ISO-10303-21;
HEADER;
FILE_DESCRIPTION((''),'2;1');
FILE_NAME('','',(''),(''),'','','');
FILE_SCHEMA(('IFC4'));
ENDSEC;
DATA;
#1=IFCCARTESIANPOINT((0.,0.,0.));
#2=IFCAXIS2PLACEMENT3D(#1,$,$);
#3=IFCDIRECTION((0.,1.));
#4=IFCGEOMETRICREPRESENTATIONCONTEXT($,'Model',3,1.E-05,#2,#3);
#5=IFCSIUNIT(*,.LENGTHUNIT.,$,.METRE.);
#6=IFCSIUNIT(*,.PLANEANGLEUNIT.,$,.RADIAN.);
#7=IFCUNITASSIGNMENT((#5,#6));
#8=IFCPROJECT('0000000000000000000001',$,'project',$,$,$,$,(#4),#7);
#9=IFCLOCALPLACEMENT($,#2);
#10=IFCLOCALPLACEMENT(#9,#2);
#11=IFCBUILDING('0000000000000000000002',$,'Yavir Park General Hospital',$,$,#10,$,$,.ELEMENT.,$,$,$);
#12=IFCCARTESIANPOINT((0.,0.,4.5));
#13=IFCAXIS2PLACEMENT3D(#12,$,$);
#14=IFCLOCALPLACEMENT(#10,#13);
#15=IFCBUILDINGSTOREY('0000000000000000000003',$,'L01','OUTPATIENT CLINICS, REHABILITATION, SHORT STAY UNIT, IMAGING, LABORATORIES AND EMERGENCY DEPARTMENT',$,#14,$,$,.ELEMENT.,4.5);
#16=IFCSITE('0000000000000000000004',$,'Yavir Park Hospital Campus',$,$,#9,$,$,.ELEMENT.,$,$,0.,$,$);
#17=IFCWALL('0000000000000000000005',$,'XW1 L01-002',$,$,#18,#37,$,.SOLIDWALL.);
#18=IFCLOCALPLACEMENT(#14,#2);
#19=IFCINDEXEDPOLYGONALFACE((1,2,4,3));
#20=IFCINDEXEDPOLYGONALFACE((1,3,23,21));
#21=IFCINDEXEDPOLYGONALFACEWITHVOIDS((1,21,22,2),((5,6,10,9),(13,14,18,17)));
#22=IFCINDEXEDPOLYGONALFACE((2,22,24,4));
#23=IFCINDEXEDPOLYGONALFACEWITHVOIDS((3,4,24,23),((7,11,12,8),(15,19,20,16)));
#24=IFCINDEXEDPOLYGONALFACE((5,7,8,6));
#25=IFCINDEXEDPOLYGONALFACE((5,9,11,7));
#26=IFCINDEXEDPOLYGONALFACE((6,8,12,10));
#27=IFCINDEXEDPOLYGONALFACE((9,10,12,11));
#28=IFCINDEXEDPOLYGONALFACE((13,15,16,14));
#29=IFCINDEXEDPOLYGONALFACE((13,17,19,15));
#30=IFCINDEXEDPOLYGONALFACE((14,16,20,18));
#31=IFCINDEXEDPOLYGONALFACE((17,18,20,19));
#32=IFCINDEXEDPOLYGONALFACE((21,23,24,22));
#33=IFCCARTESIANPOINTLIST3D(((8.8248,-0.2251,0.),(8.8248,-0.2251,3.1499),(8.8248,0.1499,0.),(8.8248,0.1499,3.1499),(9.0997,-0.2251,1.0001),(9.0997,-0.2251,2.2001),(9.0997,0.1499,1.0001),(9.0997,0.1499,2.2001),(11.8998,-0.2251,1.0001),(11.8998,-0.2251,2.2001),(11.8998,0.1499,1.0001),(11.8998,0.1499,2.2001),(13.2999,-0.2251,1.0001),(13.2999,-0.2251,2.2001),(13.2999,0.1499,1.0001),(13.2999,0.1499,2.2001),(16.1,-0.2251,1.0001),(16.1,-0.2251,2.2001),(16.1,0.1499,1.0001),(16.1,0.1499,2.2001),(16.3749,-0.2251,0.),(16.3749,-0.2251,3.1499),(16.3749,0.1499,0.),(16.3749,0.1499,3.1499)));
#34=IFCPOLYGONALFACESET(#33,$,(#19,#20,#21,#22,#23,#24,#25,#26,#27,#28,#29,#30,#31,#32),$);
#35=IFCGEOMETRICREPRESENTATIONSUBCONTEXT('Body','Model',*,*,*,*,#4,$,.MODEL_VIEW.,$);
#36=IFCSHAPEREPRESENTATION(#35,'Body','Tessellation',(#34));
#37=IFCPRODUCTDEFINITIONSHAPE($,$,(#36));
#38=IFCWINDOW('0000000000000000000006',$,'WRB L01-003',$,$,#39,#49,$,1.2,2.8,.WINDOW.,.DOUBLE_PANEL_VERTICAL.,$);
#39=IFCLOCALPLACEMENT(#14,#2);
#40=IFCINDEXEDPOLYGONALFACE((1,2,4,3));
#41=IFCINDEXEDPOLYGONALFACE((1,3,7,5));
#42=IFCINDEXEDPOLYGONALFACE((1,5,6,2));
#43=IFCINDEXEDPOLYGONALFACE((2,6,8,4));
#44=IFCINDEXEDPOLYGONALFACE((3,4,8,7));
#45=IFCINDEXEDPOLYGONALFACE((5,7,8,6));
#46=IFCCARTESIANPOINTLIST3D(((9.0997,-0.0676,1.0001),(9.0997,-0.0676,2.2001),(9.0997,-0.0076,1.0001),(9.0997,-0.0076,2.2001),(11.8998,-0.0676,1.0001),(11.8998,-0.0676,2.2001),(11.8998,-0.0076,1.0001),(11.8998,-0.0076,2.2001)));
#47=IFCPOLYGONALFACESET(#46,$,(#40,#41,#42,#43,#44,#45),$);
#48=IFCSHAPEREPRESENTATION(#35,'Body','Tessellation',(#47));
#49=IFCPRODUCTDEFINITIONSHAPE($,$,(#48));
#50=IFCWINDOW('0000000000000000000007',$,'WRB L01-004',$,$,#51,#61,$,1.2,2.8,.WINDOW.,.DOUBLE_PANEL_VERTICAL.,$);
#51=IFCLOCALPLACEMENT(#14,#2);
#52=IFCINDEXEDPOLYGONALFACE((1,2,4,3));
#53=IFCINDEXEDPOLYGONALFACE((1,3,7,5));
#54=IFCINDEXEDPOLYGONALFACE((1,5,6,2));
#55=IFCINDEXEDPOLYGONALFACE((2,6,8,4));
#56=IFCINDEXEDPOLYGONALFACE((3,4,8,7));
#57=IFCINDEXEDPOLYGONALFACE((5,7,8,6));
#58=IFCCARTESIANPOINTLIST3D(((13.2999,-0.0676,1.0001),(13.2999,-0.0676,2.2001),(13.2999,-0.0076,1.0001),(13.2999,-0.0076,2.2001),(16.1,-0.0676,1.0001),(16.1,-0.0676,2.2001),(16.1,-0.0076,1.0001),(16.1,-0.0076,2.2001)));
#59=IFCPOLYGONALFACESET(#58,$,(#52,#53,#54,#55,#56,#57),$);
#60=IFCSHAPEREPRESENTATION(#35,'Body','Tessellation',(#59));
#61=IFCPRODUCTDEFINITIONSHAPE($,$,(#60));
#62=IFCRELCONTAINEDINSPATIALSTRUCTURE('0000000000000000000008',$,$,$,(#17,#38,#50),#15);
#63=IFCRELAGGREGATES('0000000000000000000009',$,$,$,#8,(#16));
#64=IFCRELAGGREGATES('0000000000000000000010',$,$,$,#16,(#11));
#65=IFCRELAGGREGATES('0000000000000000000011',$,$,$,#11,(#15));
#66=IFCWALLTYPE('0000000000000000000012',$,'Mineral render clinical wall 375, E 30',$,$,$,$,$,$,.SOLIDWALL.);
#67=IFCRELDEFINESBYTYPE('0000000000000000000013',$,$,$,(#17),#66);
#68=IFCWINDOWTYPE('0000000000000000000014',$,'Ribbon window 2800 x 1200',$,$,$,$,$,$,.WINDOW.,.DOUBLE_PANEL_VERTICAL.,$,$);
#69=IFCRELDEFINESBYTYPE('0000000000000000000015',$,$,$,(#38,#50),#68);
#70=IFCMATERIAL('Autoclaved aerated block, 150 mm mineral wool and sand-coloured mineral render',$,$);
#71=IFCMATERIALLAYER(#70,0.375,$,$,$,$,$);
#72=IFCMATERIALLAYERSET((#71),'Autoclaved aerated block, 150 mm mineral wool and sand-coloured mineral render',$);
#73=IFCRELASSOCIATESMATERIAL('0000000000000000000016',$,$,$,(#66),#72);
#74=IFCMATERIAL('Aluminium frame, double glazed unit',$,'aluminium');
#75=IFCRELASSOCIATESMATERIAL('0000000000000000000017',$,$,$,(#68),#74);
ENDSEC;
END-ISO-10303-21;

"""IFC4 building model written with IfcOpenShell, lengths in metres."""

from ifc_helpers import new_model, si_unit, direction, frame, frame_2d, origin, place, context, subcontext, project, spatial, rectangle, extrude, material, layer, layer_set, type_object, element, fill, save


model = new_model("IFC4")

# Units and contexts
model_context = context("Model", 3, precision=1e-05, world=origin(), true_north=direction((0.0, 1.0)))
body_context = subcontext(model_context, "Body", "Model", "MODEL_VIEW")
ifc_project = project(units=[si_unit("LENGTHUNIT", "METRE"), si_unit("PLANEANGLEUNIT", "RADIAN")], contexts=[model_context])

# Site, building, storey
site_placement = place(None, origin())
site = spatial("IfcSite", under=ifc_project, at=site_placement, Name="Yavir Park Hospital Campus", CompositionType="ELEMENT", RefElevation=0.0)
building_placement = place(site_placement, origin())
building = spatial("IfcBuilding", under=site, at=building_placement, Name="Yavir Park General Hospital", CompositionType="ELEMENT")
storey_placement = place(building_placement, frame((0.0, 0.0, 4.5)))
storey = spatial("IfcBuildingStorey", under=building, at=storey_placement, Name="L01", Description="OUTPATIENT CLINICS, REHABILITATION, SHORT STAY UNIT, IMAGING, LABORATORIES AND EMERGENCY DEPARTMENT", CompositionType="ELEMENT", Elevation=4.5)

# Wall, openings, windows
ifc_material_1 = material(Name="Autoclaved aerated block, 150 mm mineral wool and sand-coloured mineral render")
ifc_layer_1 = layer(ifc_material_1, 0.375)
ifc_layer_set_1 = layer_set([ifc_layer_1], Name="Autoclaved aerated block, 150 mm mineral wool and sand-coloured mineral render")
wall_type_1 = type_object("IfcWallType", Name="Mineral render clinical wall 375, E 30", PredefinedType="SOLIDWALL", material=ifc_layer_set_1)
ifc_material_2 = material(Name="Aluminium frame, double glazed unit", Category="aluminium")
window_type = type_object("IfcWindowType", Name="Ribbon window 2800 x 1200", PartitioningType="DOUBLE_PANEL_VERTICAL", PredefinedType="WINDOW", material=ifc_material_2)
wall_1_placement = place(storey_placement, frame((8.825, -0.0376, 0.0), z_axis=(0.0, 0.0, 1.0), x_axis=(1.0, 0.0, 0.0)))
wall_1 = element("IfcWall", 1, at=wall_1_placement, inside=storey, type_object=wall_type_1, Name="XW1 L01-002", PredefinedType="SOLIDWALL", context=body_context, shape_type="SweptSolid", body=[
    extrude(rectangle(XDim=7.55, YDim=0.375, at=frame_2d((3.7749, 0.0))), origin(), (0.0, 0.0, 1.0), 3.1499),
])
opening_1_placement = place(wall_1_placement, frame((0.2749, 0.0, 1.0)))
opening_1 = element("IfcOpeningElement", 2, at=opening_1_placement, cuts=wall_1, PredefinedType="OPENING", context=body_context, shape_type="SweptSolid", body=[
    extrude(rectangle(XDim=2.8, YDim=1.2, at=frame_2d((1.3999, 0.6001))), frame((0.0, 0.1975, 0.0), z_axis=(0.0, -1.0, 0.0), x_axis=(1.0, 0.0, 0.0)), (0.0, 0.0, 1.0), 0.395),
])
opening_2_placement = place(wall_1_placement, frame((4.4751, 0.0, 1.0)))
opening_2 = element("IfcOpeningElement", 3, at=opening_2_placement, cuts=wall_1, PredefinedType="OPENING", context=body_context, shape_type="SweptSolid", body=[
    extrude(rectangle(XDim=2.8, YDim=1.2, at=frame_2d((1.3999, 0.6001))), frame((0.0, 0.1975, 0.0), z_axis=(0.0, -1.0, 0.0), x_axis=(1.0, 0.0, 0.0)), (0.0, 0.0, 1.0), 0.395),
])
window_1_placement = place(opening_1_placement, origin())
window_1 = element("IfcWindow", 4, at=window_1_placement, inside=storey, type_object=window_type, Name="WRB L01-003", OverallHeight=1.2, OverallWidth=2.8, PartitioningType="DOUBLE_PANEL_VERTICAL", PredefinedType="WINDOW", context=body_context, shape_type="SweptSolid", body=[
    extrude(rectangle(XDim=2.8, YDim=1.2, at=frame_2d((1.3999, 0.6001))), frame((0.0, 0.03, 0.0), z_axis=(0.0, -1.0, 0.0), x_axis=(1.0, 0.0, 0.0)), (0.0, 0.0, 1.0), 0.0601),
])
fill(opening_1, window_1)
window_2_placement = place(opening_2_placement, origin())
window_2 = element("IfcWindow", 5, at=window_2_placement, inside=storey, type_object=window_type, Name="WRB L01-004", OverallHeight=1.2, OverallWidth=2.8, PartitioningType="DOUBLE_PANEL_VERTICAL", PredefinedType="WINDOW", context=body_context, shape_type="SweptSolid", body=[
    extrude(rectangle(XDim=2.8, YDim=1.2, at=frame_2d((1.3999, 0.6001))), frame((0.0, 0.03, 0.0), z_axis=(0.0, -1.0, 0.0), x_axis=(1.0, 0.0, 0.0)), (0.0, 0.0, 1.0), 0.0601),
])
fill(opening_2, window_2)

save(model, "model.ifc")
